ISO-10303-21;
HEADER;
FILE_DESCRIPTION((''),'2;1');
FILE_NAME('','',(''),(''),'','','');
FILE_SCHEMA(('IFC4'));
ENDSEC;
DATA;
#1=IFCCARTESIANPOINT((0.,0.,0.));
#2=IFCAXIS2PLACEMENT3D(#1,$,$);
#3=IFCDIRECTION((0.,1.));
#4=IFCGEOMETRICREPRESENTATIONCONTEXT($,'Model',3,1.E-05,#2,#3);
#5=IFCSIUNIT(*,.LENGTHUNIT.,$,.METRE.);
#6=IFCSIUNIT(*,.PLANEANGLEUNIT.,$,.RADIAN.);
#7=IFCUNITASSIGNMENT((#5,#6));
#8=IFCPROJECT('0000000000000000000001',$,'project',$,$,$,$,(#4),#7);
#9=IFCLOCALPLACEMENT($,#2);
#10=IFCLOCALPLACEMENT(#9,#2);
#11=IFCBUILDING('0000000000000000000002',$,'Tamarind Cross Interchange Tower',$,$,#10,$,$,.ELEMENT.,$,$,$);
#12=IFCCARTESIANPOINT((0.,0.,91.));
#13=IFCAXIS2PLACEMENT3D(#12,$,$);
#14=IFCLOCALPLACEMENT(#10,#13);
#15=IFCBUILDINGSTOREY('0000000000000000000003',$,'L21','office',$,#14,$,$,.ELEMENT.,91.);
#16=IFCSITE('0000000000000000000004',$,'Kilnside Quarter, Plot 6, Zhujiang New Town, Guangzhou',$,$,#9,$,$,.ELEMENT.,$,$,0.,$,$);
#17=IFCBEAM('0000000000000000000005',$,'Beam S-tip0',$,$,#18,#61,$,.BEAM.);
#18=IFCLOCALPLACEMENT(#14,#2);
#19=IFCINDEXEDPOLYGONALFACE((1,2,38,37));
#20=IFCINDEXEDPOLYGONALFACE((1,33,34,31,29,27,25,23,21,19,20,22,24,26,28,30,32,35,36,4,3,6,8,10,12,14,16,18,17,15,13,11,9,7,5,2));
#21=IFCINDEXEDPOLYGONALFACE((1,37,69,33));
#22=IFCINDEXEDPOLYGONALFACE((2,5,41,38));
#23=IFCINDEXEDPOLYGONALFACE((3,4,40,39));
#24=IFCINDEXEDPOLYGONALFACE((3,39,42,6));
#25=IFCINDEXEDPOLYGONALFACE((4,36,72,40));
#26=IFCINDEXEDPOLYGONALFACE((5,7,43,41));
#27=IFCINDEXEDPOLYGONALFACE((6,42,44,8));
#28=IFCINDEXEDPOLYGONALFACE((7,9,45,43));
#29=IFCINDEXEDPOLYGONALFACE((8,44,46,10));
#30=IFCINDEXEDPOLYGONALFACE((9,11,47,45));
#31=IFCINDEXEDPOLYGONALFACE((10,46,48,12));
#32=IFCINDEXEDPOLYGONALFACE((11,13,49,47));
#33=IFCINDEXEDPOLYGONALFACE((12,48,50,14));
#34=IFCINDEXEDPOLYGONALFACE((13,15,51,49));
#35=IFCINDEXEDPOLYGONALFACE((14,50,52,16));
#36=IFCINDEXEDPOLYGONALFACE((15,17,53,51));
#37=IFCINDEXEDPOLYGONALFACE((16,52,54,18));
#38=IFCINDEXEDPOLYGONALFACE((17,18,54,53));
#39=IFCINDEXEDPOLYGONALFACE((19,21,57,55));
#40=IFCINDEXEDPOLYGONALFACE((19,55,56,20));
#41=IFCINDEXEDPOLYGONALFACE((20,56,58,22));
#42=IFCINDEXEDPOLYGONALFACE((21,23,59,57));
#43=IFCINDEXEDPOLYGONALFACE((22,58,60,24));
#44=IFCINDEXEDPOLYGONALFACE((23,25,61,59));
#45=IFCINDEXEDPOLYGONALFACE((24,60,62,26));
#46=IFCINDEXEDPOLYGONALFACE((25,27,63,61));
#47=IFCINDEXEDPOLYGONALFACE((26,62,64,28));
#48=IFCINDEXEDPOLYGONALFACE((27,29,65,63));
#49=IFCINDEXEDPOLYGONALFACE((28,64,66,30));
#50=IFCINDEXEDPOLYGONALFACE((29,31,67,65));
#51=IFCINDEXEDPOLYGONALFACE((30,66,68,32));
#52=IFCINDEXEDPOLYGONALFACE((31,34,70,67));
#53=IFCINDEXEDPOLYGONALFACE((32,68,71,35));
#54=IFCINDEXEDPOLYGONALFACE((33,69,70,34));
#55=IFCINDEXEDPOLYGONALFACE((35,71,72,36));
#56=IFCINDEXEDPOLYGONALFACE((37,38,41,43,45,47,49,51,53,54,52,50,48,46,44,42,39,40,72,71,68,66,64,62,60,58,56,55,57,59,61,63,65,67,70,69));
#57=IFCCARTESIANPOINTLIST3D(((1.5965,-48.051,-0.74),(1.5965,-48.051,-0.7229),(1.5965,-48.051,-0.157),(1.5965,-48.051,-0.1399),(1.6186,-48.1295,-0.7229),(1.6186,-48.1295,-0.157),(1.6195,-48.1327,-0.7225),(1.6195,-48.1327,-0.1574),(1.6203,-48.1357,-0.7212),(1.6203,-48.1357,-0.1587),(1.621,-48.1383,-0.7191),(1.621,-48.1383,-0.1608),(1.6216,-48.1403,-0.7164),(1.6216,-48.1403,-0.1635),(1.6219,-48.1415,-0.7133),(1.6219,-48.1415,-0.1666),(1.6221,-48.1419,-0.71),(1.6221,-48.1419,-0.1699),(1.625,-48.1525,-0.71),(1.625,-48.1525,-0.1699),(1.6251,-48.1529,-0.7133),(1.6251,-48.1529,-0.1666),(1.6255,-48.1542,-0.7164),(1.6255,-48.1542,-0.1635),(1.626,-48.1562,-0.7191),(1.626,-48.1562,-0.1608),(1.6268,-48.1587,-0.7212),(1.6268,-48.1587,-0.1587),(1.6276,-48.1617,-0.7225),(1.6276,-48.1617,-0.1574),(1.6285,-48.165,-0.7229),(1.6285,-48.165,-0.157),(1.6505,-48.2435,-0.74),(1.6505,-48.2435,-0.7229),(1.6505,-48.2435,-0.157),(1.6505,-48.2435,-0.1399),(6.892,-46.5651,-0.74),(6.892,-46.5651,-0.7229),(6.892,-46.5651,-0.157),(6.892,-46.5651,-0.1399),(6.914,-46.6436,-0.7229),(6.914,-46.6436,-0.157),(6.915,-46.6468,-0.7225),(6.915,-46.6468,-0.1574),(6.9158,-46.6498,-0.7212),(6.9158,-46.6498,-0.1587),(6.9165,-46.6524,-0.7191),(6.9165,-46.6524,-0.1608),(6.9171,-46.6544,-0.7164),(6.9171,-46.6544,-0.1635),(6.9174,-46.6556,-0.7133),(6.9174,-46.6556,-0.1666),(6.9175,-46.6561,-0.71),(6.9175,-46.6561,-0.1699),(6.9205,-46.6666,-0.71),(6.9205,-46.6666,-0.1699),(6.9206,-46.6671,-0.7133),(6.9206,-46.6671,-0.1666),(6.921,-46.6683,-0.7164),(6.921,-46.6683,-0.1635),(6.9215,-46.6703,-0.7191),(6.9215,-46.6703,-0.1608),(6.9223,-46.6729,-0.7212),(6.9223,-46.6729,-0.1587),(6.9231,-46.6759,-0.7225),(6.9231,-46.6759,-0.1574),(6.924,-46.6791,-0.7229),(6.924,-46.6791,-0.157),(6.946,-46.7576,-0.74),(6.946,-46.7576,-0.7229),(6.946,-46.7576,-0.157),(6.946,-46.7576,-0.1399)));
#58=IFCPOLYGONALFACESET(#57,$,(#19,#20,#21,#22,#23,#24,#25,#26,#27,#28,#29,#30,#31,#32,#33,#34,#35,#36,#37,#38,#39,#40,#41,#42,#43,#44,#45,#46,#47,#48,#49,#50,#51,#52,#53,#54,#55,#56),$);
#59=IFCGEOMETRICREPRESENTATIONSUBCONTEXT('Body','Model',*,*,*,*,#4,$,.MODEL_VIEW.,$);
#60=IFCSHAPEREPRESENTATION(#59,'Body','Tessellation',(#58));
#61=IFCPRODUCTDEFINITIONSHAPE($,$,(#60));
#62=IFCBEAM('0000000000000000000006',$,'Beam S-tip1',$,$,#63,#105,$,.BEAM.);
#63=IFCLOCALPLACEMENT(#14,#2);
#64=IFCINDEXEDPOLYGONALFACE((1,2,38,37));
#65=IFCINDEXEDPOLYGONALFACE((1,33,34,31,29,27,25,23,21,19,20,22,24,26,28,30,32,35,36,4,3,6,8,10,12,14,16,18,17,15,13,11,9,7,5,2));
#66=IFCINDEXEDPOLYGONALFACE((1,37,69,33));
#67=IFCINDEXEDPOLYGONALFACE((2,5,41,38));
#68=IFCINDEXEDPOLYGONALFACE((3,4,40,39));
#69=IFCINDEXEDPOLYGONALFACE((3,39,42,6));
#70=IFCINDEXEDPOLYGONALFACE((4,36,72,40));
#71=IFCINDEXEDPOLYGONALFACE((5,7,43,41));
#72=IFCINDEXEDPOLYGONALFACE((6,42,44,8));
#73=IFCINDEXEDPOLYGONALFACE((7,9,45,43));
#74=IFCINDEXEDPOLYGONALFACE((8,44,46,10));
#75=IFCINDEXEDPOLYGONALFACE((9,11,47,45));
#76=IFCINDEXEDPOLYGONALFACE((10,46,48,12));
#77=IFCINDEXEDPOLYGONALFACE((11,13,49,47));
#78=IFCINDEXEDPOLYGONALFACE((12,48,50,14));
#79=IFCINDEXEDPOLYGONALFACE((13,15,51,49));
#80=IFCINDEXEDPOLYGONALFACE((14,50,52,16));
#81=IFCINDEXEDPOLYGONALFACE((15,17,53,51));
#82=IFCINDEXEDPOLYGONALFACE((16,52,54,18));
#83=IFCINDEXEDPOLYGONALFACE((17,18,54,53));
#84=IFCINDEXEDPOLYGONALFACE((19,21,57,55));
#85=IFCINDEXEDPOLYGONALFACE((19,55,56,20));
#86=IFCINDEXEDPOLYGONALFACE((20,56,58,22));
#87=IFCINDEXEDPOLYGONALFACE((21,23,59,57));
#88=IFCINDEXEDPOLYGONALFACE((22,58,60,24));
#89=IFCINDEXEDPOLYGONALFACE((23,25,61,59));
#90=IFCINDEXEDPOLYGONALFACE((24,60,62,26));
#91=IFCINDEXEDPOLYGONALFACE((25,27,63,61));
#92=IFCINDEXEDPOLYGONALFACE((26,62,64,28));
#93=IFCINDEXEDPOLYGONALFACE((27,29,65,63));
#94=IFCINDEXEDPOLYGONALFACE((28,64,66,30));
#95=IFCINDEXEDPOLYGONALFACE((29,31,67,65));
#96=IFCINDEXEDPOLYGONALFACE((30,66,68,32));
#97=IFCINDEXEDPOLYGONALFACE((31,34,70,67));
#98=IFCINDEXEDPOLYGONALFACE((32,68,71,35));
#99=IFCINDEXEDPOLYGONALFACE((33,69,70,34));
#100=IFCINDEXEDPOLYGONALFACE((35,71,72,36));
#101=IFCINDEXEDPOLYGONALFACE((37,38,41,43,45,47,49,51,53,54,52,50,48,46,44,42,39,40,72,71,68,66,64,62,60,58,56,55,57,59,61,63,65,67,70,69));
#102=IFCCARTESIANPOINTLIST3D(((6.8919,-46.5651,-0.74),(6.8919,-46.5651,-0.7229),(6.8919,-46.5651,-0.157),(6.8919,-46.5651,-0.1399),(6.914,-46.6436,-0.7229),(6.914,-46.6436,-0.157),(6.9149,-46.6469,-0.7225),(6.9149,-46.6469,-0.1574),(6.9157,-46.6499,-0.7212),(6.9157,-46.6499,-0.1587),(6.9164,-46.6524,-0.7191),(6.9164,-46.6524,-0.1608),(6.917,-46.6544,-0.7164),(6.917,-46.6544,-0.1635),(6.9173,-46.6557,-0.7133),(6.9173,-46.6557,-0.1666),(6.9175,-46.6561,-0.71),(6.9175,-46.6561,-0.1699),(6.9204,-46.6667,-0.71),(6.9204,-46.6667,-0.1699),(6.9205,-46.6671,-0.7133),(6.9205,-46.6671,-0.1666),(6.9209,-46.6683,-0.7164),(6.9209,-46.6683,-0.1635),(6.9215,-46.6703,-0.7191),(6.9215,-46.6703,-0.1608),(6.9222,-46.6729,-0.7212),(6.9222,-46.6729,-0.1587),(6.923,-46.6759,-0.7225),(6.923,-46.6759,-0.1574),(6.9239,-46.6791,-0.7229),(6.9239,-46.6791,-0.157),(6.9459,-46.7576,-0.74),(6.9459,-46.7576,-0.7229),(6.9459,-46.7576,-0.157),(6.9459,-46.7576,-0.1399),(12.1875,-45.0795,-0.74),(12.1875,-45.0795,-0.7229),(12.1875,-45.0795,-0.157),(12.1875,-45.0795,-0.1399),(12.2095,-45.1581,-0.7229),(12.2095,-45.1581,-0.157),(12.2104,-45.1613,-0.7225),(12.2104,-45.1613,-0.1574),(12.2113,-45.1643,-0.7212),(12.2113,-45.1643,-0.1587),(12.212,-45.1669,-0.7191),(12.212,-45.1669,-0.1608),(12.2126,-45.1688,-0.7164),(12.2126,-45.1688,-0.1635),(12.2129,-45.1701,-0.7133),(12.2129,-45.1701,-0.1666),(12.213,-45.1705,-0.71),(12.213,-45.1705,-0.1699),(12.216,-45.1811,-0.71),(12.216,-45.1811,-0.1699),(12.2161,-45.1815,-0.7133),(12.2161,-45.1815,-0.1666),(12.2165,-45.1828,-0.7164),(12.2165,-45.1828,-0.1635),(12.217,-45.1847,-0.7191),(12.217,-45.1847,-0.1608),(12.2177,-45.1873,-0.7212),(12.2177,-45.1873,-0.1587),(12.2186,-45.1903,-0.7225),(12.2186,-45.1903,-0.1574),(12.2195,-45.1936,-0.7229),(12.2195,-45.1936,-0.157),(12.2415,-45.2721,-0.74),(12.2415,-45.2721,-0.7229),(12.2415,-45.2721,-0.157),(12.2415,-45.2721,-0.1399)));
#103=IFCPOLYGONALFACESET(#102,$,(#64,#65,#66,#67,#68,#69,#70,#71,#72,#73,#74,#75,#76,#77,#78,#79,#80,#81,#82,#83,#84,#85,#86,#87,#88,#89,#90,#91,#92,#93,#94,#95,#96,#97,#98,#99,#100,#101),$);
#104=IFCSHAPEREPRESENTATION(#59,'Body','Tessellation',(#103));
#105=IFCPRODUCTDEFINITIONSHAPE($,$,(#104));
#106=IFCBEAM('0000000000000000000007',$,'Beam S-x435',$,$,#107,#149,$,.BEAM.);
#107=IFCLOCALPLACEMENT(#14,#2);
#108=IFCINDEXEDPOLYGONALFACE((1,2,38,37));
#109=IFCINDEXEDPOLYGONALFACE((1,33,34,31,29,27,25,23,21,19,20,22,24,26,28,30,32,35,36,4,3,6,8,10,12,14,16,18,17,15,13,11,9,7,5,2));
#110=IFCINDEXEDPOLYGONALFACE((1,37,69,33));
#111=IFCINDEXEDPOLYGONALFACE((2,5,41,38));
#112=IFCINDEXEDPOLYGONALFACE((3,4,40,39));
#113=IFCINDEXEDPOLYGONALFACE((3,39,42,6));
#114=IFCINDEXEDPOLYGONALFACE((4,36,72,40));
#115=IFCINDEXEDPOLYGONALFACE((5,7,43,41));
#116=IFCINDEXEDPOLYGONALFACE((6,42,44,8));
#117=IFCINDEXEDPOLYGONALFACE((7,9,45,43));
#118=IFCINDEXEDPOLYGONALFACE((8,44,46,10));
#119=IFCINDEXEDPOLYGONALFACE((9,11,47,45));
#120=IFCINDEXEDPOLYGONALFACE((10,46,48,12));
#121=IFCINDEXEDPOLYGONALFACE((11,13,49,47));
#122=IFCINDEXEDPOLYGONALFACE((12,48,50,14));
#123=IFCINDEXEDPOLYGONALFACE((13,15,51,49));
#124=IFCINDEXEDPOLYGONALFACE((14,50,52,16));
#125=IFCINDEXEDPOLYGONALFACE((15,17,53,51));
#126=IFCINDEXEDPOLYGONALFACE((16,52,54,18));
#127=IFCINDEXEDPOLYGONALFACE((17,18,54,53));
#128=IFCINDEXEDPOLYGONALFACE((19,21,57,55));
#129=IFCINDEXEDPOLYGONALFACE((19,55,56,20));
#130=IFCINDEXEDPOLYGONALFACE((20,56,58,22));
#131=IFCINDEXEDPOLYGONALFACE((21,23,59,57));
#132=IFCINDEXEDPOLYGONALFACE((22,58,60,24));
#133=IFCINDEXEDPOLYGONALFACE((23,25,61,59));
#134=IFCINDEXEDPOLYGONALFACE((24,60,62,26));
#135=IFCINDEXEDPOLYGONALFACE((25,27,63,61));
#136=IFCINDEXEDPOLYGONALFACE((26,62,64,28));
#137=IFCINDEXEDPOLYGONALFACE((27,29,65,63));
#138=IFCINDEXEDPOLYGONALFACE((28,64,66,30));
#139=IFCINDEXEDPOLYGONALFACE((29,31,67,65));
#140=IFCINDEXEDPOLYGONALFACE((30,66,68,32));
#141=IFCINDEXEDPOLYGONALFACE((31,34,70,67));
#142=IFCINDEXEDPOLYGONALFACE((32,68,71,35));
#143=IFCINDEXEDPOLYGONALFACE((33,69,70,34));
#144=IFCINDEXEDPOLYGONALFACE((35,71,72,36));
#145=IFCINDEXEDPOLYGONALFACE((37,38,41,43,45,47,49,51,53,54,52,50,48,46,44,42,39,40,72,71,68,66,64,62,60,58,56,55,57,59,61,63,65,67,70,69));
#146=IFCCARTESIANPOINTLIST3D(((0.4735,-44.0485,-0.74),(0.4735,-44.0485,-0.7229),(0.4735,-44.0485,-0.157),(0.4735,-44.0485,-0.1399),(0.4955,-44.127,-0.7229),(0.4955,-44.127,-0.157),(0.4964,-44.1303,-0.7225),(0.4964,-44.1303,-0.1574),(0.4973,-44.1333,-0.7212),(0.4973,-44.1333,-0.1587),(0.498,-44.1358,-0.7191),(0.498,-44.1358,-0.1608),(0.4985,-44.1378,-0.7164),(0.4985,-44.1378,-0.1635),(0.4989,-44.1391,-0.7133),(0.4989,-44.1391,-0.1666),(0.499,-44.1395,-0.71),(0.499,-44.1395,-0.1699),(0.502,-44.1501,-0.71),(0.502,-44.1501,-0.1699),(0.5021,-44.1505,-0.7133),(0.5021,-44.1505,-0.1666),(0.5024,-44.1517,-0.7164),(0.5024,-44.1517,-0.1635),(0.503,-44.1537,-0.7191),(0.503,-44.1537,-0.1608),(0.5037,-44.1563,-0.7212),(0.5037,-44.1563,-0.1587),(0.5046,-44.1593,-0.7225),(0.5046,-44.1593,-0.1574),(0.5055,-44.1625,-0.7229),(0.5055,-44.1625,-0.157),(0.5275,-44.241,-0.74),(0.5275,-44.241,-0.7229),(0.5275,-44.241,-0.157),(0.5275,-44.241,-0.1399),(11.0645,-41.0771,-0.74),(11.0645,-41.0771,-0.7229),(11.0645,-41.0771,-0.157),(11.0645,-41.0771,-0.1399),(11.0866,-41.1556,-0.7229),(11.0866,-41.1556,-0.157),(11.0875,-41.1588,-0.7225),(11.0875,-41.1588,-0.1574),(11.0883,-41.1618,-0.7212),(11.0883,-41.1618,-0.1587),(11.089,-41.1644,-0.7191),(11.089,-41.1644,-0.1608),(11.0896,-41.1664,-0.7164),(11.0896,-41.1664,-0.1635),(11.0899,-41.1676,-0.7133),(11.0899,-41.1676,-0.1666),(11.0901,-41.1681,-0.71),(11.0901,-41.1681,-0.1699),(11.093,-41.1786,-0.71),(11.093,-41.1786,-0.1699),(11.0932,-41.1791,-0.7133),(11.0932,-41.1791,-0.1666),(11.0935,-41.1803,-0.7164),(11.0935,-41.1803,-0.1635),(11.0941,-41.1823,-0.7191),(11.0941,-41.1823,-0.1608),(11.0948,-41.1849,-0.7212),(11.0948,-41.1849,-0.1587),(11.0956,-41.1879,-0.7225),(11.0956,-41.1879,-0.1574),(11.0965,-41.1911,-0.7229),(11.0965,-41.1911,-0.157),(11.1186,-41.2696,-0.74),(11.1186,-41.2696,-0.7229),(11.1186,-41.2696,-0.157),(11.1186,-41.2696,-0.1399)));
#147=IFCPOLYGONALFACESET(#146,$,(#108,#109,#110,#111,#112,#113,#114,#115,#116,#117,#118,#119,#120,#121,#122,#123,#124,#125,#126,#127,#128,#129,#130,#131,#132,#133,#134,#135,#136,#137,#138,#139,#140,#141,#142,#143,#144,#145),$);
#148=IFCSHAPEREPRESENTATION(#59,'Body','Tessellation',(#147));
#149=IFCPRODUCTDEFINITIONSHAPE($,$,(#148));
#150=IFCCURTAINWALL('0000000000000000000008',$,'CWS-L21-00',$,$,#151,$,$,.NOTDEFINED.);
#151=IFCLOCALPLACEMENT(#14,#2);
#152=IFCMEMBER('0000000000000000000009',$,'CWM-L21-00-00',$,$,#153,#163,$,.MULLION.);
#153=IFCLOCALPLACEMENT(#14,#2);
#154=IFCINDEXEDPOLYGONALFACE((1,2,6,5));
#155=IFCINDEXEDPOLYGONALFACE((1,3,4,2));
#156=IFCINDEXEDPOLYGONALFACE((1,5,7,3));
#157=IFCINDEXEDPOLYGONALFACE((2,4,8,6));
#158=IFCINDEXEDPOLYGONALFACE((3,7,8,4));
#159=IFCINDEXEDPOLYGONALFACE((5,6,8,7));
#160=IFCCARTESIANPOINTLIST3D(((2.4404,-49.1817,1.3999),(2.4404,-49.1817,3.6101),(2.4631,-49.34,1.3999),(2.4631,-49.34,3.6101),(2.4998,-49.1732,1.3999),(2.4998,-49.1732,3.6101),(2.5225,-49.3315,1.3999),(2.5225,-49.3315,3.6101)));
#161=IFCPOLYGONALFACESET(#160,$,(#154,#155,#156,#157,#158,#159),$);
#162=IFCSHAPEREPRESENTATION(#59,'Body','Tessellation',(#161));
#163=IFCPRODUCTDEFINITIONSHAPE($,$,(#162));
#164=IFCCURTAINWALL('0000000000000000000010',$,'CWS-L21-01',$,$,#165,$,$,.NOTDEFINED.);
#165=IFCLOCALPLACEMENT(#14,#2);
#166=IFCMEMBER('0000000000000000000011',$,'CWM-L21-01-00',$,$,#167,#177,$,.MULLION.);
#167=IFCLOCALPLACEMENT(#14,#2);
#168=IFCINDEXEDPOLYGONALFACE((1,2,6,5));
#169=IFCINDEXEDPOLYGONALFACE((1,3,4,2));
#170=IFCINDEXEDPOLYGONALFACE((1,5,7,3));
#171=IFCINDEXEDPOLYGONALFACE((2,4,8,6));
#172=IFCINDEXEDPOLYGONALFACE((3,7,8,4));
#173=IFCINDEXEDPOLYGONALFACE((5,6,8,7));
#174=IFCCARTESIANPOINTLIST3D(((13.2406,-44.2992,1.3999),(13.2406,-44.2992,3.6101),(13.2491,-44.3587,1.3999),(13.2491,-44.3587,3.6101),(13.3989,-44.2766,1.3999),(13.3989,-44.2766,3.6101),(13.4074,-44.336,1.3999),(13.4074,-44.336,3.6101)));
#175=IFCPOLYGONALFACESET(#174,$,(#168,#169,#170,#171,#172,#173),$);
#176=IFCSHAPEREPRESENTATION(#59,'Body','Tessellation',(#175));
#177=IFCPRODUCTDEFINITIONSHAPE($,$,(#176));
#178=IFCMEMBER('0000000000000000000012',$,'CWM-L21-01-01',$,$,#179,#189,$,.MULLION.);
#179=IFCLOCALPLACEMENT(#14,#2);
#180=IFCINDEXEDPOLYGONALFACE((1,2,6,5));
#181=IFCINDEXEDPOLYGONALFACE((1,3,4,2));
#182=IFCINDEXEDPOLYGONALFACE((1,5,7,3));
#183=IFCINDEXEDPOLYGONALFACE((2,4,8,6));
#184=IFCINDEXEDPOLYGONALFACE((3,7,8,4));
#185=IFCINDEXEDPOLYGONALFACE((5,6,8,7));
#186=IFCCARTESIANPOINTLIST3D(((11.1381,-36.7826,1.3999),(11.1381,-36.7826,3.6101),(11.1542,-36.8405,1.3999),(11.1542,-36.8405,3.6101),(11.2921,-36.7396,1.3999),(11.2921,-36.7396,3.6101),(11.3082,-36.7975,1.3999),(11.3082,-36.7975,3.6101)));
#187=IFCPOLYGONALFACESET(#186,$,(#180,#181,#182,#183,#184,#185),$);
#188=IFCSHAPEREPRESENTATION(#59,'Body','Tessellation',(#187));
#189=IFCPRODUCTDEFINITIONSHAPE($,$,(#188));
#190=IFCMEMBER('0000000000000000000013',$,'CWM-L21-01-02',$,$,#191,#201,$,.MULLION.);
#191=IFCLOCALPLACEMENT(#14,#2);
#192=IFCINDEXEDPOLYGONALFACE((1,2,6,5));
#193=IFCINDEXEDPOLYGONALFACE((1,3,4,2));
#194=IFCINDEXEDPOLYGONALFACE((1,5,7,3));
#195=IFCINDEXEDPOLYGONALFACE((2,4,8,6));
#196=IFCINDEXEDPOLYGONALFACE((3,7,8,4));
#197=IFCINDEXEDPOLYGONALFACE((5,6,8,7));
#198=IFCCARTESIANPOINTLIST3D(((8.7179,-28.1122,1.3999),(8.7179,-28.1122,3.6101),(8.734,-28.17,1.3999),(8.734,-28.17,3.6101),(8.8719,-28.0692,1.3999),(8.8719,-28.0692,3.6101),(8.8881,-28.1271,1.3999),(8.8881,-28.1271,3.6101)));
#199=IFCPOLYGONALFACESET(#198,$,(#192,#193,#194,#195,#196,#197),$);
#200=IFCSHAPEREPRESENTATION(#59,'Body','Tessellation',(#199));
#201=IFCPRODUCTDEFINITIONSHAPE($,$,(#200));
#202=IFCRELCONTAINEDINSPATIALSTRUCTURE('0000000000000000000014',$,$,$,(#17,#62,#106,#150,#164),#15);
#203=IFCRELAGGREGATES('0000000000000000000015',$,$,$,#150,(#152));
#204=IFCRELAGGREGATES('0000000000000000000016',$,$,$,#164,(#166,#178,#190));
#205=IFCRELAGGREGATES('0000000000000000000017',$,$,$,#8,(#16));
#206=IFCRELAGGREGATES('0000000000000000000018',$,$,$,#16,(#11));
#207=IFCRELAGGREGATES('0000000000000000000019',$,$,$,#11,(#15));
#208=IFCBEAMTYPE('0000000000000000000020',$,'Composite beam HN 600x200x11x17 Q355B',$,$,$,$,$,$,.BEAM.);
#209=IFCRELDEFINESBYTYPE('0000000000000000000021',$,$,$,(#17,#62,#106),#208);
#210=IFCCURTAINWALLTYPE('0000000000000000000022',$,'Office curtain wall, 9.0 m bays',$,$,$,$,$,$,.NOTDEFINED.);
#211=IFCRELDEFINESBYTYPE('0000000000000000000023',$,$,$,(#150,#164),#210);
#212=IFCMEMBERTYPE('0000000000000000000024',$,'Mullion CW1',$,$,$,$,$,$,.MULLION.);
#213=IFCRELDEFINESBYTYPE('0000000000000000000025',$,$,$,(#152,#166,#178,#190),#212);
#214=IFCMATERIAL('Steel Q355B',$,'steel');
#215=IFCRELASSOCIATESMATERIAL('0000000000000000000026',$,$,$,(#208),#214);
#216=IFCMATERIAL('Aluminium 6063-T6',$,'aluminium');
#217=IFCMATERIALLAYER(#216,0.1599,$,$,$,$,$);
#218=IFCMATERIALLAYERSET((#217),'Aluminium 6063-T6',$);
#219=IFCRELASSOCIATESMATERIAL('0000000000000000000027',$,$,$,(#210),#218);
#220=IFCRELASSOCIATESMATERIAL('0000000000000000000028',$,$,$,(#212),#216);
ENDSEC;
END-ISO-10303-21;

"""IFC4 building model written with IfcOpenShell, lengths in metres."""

from ifc_helpers import new_model, si_unit, direction, frame, origin, origin_2d, place, context, subcontext, project, spatial, rectangle, i_section, extrude, material, layer, layer_set, material_profile, profile_set, type_object, element, aggregate, save


model = new_model("IFC4")

# Units and contexts
model_context = context("Model", 3, precision=1e-05, world=origin(), true_north=direction((0.0, 1.0)))
body_context = subcontext(model_context, "Body", "Model", "MODEL_VIEW")
ifc_project = project(units=[si_unit("LENGTHUNIT", "METRE"), si_unit("PLANEANGLEUNIT", "RADIAN")], contexts=[model_context])

# Site, building, storey
site_placement = place(None, origin())
site = spatial("IfcSite", under=ifc_project, at=site_placement, Name="Kilnside Quarter, Plot 6, Zhujiang New Town, Guangzhou", CompositionType="ELEMENT", RefElevation=0.0)
building_placement = place(site_placement, origin())
building = spatial("IfcBuilding", under=site, at=building_placement, Name="Tamarind Cross Interchange Tower", CompositionType="ELEMENT")
storey_placement = place(building_placement, frame((0.0, 0.0, 91.0)))
storey = spatial("IfcBuildingStorey", under=building, at=storey_placement, Name="L21", Description="office", CompositionType="ELEMENT", Elevation=91.0)

# Beams
ifc_material_1 = material(Name="Steel Q355B", Category="steel")
ifc_material_profile_1 = material_profile(ifc_material_1, i_section(OverallWidth=0.2, OverallDepth=0.6001, WebThickness=0.011, FlangeThickness=0.0171, FilletRadius=0.0129, at=origin_2d()), Name="HN 600x200x11x17")
ifc_profile_set_1 = profile_set([ifc_material_profile_1], Name="Steel Q355B")
beam_type_1 = type_object("IfcBeamType", Name="Composite beam HN 600x200x11x17 Q355B", PredefinedType="BEAM", material=ifc_profile_set_1)
for number, where, z_axis, x_axis, name in (
    (1, (1.6235, -48.1472, -0.4399), (0.962816, 0.270157, 0.0), (-0.270157, 0.962816, 0.0), "Beam S-tip0"),
    (2, (6.9189, -46.6614, -0.4399), (0.962831, 0.270104, 0.0), (-0.270104, 0.962831, 0.0), "Beam S-tip1"),
):
    element("IfcBeam", number, at=place(storey_placement, frame(where, z_axis=z_axis, x_axis=x_axis)), inside=storey, type_object=beam_type_1, Name=name, PredefinedType="BEAM", context=body_context, shape_type="SweptSolid", body=[
        extrude(i_section(OverallWidth=0.2, OverallDepth=0.6001, WebThickness=0.011, FlangeThickness=0.0171, FilletRadius=0.0129, at=origin_2d()), origin(), (0.0, 0.0, 1.0), 5.5),
    ])
beam_1_placement = place(storey_placement, frame((0.5005, -44.1448, -0.4399), z_axis=(0.962824, 0.27013, 0.0), x_axis=(-0.27013, 0.962824, 0.0)))
element("IfcBeam", 3, at=beam_1_placement, inside=storey, type_object=beam_type_1, Name="Beam S-x435", PredefinedType="BEAM", context=body_context, shape_type="SweptSolid", body=[
    extrude(i_section(OverallWidth=0.2, OverallDepth=0.6001, WebThickness=0.011, FlangeThickness=0.0171, FilletRadius=0.0129, at=origin_2d()), origin(), (0.0, 0.0, 1.0), 11.0),
])

# Curtain wall, member
ifc_material_2 = material(Name="Aluminium 6063-T6", Category="aluminium")
ifc_layer_1 = layer(ifc_material_2, 0.1599)
ifc_layer_set_1 = layer_set([ifc_layer_1], Name="Aluminium 6063-T6")
curtain_wall_type = type_object("IfcCurtainWallType", Name="Office curtain wall, 9.0 m bays", PredefinedType="NOTDEFINED", material=ifc_layer_set_1)
curtain_wall_1_placement = place(storey_placement, origin())
curtain_wall_1 = element("IfcCurtainWall", 4, at=curtain_wall_1_placement, inside=storey, type_object=curtain_wall_type, Name="CWS-L21-00", PredefinedType="NOTDEFINED")
ifc_material_profile_2 = material_profile(ifc_material_2, rectangle(XDim=0.0601, YDim=0.1599, at=origin_2d()), Name="Mullion CW1")
ifc_profile_set_2 = profile_set([ifc_material_profile_2], Name="Aluminium 6063-T6")
member_type = type_object("IfcMemberType", Name="Mullion CW1", PredefinedType="MULLION", material=ifc_profile_set_2)
member_1_placement = place(storey_placement, frame((2.4814, -49.2566, 1.3999), z_axis=(0.0, 0.0, 1.0), x_axis=(0.989846, 0.142145, 0.0)))
member_1 = element("IfcMember", 5, at=member_1_placement, type_object=member_type, Name="CWM-L21-00-00", PredefinedType="MULLION", context=body_context, shape_type="SweptSolid", body=[
    extrude(rectangle(XDim=0.0601, YDim=0.1599, at=origin_2d()), origin(), (0.0, 0.0, 1.0), 2.2102),
])
aggregate(curtain_wall_1, [member_1])

# Curtain wall, members
curtain_wall_2_placement = place(storey_placement, origin())
curtain_wall_2 = element("IfcCurtainWall", 6, at=curtain_wall_2_placement, inside=storey, type_object=curtain_wall_type, Name="CWS-L21-01", PredefinedType="NOTDEFINED")
member_2_placement = place(storey_placement, frame((13.324, -44.3176, 1.3999), z_axis=(0.0, 0.0, 1.0), x_axis=(-0.141477, 0.989941, 0.0)))
member_2 = element("IfcMember", 7, at=member_2_placement, type_object=member_type, Name="CWM-L21-01-00", PredefinedType="MULLION", context=body_context, shape_type="SweptSolid", body=[
    extrude(rectangle(XDim=0.0601, YDim=0.1599, at=origin_2d()), origin(), (0.0, 0.0, 1.0), 2.2102),
])
member_3_placement = place(storey_placement, frame((11.2231, -36.79, 1.3999), z_axis=(0.0, 0.0, 1.0), x_axis=(-0.268831, 0.963187, 0.0)))
member_3 = element("IfcMember", 8, at=member_3_placement, type_object=member_type, Name="CWM-L21-01-01", PredefinedType="MULLION", context=body_context, shape_type="SweptSolid", body=[
    extrude(rectangle(XDim=0.0601, YDim=0.1599, at=origin_2d()), origin(), (0.0, 0.0, 1.0), 2.2102),
])
member_4_placement = place(storey_placement, frame((8.803, -28.1196, 1.3999), z_axis=(0.0, 0.0, 1.0), x_axis=(-0.268831, 0.963187, 0.0)))
member_4 = element("IfcMember", 9, at=member_4_placement, type_object=member_type, Name="CWM-L21-01-02", PredefinedType="MULLION", context=body_context, shape_type="SweptSolid", body=[
    extrude(rectangle(XDim=0.0601, YDim=0.1599, at=origin_2d()), origin(), (0.0, 0.0, 1.0), 2.2102),
])
aggregate(curtain_wall_2, [member_2, member_3, member_4])

save(model, "model.ifc")
